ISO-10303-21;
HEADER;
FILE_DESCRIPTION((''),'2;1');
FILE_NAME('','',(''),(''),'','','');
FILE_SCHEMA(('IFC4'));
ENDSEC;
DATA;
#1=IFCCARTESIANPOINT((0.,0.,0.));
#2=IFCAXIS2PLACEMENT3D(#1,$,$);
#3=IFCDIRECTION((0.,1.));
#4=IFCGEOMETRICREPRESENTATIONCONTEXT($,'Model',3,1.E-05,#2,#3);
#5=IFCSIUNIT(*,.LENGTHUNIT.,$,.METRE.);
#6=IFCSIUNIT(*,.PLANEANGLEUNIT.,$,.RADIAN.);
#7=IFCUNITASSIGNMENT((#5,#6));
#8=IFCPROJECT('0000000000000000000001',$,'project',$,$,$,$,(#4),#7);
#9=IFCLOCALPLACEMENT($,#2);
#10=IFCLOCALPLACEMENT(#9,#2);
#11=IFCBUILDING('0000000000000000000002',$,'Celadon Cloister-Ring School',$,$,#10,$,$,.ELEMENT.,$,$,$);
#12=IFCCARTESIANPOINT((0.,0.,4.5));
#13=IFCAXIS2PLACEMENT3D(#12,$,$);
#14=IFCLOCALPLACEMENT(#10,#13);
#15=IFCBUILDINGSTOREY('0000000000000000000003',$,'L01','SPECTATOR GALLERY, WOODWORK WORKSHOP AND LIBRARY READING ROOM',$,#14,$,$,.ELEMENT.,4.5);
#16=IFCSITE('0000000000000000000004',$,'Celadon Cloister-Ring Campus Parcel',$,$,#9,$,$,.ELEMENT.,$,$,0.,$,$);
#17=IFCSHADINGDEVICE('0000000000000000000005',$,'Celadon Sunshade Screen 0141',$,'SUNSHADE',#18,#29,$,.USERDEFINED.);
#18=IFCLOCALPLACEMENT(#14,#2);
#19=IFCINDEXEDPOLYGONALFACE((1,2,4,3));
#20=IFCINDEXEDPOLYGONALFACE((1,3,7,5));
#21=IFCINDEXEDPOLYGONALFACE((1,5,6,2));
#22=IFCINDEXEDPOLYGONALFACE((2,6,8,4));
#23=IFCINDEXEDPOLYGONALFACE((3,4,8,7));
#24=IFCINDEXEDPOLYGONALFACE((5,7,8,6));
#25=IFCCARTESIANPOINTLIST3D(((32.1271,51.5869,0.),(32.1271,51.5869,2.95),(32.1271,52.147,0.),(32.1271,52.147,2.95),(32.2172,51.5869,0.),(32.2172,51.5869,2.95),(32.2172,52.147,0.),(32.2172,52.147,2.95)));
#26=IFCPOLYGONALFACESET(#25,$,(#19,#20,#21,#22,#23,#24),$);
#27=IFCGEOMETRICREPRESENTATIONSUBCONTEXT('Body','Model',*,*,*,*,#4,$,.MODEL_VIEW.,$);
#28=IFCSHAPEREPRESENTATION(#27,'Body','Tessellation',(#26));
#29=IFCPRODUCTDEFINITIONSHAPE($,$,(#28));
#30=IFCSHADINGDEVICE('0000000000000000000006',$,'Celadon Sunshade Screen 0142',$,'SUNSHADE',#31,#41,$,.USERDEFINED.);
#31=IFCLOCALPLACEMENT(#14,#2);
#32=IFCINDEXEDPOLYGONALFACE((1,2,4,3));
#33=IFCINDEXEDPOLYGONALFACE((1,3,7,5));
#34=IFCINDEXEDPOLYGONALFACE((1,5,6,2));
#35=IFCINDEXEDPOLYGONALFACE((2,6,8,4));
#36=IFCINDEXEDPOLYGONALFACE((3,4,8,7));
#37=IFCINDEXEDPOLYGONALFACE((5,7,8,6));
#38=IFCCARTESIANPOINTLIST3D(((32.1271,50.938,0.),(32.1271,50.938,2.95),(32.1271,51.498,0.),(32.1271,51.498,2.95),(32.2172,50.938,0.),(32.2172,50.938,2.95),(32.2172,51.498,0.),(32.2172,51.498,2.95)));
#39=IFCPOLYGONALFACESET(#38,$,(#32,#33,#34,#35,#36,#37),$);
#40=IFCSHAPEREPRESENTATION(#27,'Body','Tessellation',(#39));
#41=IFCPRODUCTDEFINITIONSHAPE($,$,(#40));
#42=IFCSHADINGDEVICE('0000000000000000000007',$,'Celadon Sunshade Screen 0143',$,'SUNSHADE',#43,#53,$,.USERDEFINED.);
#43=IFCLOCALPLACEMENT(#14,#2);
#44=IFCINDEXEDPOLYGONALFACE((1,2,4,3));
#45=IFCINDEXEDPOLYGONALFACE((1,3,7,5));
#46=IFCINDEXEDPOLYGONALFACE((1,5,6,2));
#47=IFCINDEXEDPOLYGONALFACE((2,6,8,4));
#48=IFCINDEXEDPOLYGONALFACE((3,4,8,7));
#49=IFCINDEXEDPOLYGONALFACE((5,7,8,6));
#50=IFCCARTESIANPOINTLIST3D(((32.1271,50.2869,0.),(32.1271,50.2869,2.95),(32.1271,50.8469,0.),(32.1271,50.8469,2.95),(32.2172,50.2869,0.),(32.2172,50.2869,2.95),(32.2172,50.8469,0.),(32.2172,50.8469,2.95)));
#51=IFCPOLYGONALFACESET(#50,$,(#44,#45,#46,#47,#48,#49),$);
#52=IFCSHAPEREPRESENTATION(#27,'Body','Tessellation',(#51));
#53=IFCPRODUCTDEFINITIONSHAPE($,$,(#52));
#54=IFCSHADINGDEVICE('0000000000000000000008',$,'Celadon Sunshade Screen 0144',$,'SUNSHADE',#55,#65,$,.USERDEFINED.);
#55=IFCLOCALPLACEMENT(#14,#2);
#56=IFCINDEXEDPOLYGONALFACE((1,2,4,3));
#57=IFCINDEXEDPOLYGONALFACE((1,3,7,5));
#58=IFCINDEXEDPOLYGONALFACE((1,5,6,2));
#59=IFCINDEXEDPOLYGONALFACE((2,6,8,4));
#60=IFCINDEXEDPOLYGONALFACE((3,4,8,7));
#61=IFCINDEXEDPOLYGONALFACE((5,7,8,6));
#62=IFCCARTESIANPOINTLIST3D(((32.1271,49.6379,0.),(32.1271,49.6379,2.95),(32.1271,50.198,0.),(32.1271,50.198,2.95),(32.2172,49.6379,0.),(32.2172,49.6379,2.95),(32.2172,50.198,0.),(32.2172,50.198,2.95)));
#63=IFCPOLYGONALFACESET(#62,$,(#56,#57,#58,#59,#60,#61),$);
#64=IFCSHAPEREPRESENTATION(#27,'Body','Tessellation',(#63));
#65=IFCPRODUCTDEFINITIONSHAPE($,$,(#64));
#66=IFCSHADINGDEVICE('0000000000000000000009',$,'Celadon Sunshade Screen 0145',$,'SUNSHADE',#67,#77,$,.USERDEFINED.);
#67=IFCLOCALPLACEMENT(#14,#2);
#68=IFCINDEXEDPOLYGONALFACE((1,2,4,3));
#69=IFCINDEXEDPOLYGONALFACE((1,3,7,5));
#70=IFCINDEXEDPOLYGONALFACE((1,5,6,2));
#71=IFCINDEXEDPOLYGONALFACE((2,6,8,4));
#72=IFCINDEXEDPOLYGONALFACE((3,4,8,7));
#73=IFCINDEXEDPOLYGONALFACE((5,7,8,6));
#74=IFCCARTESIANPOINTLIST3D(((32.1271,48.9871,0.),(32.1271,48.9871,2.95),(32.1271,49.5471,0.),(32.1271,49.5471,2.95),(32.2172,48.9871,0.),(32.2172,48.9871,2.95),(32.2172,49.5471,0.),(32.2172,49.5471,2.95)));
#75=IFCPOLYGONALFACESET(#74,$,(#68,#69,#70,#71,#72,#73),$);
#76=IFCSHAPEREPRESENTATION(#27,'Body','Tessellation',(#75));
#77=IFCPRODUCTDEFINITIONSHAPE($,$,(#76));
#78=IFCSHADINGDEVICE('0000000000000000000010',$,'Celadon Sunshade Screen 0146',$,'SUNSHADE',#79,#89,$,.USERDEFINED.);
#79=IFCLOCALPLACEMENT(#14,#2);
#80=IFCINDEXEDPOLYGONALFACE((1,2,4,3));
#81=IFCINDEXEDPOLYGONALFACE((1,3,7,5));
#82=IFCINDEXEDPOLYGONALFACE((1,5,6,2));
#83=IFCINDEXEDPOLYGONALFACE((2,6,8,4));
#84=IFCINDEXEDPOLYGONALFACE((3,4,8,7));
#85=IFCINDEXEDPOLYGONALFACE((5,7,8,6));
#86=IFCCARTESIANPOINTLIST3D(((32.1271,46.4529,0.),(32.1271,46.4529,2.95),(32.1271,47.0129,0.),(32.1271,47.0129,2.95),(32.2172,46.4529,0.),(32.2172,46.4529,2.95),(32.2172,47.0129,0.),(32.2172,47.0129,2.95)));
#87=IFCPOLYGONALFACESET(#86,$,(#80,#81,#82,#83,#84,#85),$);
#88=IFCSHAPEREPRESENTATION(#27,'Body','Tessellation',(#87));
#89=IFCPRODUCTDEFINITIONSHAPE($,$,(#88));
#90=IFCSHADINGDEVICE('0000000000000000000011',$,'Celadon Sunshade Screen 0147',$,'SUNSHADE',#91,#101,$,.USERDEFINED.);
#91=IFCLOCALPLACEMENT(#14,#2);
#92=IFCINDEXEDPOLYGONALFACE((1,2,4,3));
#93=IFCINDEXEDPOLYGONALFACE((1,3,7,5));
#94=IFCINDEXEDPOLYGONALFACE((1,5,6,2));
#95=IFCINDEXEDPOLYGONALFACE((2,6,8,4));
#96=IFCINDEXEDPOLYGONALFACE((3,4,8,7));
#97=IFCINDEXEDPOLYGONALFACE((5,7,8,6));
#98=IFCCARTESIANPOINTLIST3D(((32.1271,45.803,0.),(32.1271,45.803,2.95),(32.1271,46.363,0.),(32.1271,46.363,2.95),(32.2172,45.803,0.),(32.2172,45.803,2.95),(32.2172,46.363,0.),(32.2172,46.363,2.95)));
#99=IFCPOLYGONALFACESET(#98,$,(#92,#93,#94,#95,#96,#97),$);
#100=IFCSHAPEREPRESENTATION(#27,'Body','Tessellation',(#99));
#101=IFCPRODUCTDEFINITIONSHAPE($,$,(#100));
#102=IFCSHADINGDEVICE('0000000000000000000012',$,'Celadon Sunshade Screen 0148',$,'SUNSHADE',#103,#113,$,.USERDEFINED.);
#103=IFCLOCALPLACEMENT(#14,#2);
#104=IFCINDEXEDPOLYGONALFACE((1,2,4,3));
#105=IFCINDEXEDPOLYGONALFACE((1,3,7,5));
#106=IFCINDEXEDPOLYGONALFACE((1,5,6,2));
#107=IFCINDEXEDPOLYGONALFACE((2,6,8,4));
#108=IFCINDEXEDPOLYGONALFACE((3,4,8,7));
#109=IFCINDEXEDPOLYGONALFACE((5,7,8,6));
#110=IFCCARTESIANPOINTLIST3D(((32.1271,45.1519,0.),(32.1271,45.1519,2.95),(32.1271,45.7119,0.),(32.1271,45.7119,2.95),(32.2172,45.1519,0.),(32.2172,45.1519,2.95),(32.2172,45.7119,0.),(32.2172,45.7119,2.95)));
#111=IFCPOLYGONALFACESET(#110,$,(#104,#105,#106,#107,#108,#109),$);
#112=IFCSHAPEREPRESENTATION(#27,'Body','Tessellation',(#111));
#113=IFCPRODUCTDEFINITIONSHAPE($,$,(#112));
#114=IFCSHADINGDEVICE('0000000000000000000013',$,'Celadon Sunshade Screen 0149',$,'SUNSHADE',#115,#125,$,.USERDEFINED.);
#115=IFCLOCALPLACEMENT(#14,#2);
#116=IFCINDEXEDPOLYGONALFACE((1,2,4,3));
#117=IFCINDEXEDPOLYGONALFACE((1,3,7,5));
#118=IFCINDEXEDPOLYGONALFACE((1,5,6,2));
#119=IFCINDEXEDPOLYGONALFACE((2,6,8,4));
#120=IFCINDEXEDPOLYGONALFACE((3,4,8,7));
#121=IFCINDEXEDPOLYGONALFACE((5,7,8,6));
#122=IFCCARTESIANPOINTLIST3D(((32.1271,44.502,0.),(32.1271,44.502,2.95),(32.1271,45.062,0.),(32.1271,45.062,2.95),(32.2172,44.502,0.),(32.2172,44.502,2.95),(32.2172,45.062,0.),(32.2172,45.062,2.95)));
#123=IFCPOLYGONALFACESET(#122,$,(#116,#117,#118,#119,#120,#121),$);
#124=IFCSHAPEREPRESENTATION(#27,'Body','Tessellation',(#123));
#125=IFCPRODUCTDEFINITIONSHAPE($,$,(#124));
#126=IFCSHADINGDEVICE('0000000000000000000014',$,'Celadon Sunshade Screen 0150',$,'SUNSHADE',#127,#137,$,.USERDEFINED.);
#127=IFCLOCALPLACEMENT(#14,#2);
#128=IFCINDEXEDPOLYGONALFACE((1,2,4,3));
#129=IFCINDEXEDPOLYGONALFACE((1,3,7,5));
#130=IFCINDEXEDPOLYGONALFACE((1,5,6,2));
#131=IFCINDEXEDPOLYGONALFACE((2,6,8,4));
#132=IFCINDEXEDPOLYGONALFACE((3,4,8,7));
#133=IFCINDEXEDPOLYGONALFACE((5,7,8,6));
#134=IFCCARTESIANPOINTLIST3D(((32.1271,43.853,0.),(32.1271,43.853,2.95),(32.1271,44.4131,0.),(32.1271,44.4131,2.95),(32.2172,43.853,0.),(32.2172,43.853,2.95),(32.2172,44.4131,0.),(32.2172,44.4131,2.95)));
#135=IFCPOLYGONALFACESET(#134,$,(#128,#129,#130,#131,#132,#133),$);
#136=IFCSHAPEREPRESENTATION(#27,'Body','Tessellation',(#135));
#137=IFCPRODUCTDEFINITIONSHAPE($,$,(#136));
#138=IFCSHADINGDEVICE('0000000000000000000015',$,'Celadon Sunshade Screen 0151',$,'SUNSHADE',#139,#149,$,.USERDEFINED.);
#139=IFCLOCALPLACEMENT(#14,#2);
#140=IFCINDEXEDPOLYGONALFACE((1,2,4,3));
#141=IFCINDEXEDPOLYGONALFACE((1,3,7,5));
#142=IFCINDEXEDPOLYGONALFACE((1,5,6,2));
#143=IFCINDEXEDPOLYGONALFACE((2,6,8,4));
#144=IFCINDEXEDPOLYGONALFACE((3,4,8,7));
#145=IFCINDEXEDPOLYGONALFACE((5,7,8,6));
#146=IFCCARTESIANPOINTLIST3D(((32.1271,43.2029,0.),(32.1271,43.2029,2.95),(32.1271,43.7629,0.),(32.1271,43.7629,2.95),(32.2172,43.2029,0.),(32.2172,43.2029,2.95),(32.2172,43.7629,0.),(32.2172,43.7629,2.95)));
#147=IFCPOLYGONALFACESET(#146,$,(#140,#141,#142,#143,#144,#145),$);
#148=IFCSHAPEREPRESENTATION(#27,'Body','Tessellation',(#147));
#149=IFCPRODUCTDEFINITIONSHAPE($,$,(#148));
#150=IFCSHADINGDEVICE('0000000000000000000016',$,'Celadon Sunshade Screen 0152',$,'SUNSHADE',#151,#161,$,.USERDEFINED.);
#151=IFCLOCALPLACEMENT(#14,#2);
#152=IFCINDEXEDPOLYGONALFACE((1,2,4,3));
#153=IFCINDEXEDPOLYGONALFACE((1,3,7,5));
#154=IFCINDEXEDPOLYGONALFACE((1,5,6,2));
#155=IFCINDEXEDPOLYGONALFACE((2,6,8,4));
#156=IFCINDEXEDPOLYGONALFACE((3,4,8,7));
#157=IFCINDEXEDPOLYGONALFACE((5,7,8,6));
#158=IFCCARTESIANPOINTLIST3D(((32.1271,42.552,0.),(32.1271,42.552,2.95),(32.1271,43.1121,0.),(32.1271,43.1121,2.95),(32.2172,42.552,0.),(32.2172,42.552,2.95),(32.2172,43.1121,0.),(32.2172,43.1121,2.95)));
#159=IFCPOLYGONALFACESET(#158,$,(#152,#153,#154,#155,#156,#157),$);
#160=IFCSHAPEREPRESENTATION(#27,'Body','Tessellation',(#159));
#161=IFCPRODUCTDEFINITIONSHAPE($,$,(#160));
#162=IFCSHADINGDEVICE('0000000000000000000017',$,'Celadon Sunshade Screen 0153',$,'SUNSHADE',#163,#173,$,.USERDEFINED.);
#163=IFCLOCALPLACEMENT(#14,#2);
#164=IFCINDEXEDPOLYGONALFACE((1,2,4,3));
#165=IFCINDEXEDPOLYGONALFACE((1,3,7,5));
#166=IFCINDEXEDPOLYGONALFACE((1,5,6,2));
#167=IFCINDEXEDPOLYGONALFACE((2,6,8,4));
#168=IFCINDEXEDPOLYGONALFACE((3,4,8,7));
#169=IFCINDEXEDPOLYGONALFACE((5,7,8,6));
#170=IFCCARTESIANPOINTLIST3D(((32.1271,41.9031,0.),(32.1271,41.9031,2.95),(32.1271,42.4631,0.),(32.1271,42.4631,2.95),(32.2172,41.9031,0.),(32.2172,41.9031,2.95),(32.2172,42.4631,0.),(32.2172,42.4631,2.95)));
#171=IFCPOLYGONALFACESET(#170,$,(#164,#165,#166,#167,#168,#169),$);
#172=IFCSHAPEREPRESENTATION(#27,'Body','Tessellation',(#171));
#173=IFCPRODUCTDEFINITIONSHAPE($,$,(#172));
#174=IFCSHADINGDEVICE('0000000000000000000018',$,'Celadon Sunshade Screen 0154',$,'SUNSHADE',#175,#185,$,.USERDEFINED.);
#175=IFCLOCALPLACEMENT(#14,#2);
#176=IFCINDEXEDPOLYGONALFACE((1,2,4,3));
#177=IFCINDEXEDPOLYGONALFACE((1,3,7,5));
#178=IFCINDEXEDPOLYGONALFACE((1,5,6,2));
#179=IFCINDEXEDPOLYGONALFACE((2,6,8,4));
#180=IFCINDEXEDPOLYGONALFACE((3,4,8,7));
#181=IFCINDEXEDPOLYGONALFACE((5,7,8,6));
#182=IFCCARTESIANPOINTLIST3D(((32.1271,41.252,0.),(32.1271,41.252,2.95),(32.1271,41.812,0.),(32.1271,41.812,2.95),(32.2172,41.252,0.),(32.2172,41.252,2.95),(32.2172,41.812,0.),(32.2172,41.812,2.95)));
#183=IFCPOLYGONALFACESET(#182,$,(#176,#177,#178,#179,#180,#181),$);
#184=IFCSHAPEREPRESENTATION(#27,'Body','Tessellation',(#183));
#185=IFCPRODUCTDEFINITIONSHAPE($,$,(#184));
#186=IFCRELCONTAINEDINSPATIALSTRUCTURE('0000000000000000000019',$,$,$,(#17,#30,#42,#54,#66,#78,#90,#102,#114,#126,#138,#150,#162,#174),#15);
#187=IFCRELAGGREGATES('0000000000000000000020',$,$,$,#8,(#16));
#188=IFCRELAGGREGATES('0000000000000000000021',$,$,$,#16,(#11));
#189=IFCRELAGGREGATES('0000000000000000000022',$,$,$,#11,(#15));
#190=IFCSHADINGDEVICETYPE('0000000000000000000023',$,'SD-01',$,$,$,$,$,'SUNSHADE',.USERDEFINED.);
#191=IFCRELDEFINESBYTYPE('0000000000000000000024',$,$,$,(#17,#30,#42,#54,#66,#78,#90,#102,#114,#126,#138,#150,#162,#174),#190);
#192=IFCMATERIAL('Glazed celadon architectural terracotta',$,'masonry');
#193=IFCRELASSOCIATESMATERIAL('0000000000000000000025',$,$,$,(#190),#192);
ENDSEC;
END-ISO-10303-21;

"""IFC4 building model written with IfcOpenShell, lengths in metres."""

from ifc_helpers import new_model, si_unit, direction, frame, origin, origin_2d, place, context, subcontext, project, spatial, rectangle, extrude, material, type_object, element, save


model = new_model("IFC4")

# Units and contexts
model_context = context("Model", 3, precision=1e-05, world=origin(), true_north=direction((0.0, 1.0)))
body_context = subcontext(model_context, "Body", "Model", "MODEL_VIEW")
ifc_project = project(units=[si_unit("LENGTHUNIT", "METRE"), si_unit("PLANEANGLEUNIT", "RADIAN")], contexts=[model_context])

# Site, building, storey
site_placement = place(None, origin())
site = spatial("IfcSite", under=ifc_project, at=site_placement, Name="Celadon Cloister-Ring Campus Parcel", CompositionType="ELEMENT", RefElevation=0.0)
building_placement = place(site_placement, origin())
building = spatial("IfcBuilding", under=site, at=building_placement, Name="Celadon Cloister-Ring School", CompositionType="ELEMENT")
storey_placement = place(building_placement, frame((0.0, 0.0, 4.5)))
storey = spatial("IfcBuildingStorey", under=building, at=storey_placement, Name="L01", Description="SPECTATOR GALLERY, WOODWORK WORKSHOP AND LIBRARY READING ROOM", CompositionType="ELEMENT", Elevation=4.5)

# Shading devices
ifc_material_1 = material(Name="Glazed celadon architectural terracotta", Category="masonry")
shading_device_type = type_object("IfcShadingDeviceType", Name="SD-01", ElementType="SUNSHADE", PredefinedType="USERDEFINED", material=ifc_material_1)
for number, where, z_axis, x_axis, name in (
    (1, (32.1721, 51.8669, 0.0), (0.0, 0.0, 1.0), (0.0, -1.0, 0.0), "Celadon Sunshade Screen 0141"),
    (2, (32.1721, 51.218, 0.0), (0.0, 0.0, 1.0), (0.0, -1.0, 0.0), "Celadon Sunshade Screen 0142"),
    (3, (32.1721, 50.5669, 0.0), (0.0, 0.0, 1.0), (0.0, -1.0, 0.0), "Celadon Sunshade Screen 0143"),
    (4, (32.1721, 49.918, 0.0), (0.0, 0.0, 1.0), (0.0, -1.0, 0.0), "Celadon Sunshade Screen 0144"),
    (5, (32.1721, 49.2671, 0.0), (0.0, 0.0, 1.0), (0.0, -1.0, 0.0), "Celadon Sunshade Screen 0145"),
    (6, (32.1721, 46.7329, 0.0), (0.0, 0.0, 1.0), (0.0, -1.0, 0.0), "Celadon Sunshade Screen 0146"),
    (7, (32.1721, 46.083, 0.0), (0.0, 0.0, 1.0), (0.0, -1.0, 0.0), "Celadon Sunshade Screen 0147"),
    (8, (32.1721, 45.4319, 0.0), (0.0, 0.0, 1.0), (0.0, -1.0, 0.0), "Celadon Sunshade Screen 0148"),
    (9, (32.1721, 44.782, 0.0), (0.0, 0.0, 1.0), (0.0, -1.0, 0.0), "Celadon Sunshade Screen 0149"),
    (10, (32.1721, 44.1331, 0.0), (0.0, 0.0, 1.0), (0.0, -1.0, 0.0), "Celadon Sunshade Screen 0150"),
    (11, (32.1721, 43.4829, 0.0), (0.0, 0.0, 1.0), (0.0, -1.0, 0.0), "Celadon Sunshade Screen 0151"),
    (12, (32.1721, 42.832, 0.0), (0.0, 0.0, 1.0), (0.0, -1.0, 0.0), "Celadon Sunshade Screen 0152"),
    (13, (32.1721, 42.1831, 0.0), (0.0, 0.0, 1.0), (0.0, -1.0, 0.0), "Celadon Sunshade Screen 0153"),
    (14, (32.1721, 41.532, 0.0), (0.0, 0.0, 1.0), (0.0, -1.0, 0.0), "Celadon Sunshade Screen 0154"),
):
    element("IfcShadingDevice", number, at=place(storey_placement, frame(where, z_axis=z_axis, x_axis=x_axis)), inside=storey, type_object=shading_device_type, Name=name, ObjectType="SUNSHADE", PredefinedType="USERDEFINED", context=body_context, shape_type="SweptSolid", body=[
        extrude(rectangle(XDim=0.5601, YDim=0.0901, at=origin_2d()), origin(), (0.0, 0.0, 1.0), 2.95),
    ])

save(model, "model.ifc")
